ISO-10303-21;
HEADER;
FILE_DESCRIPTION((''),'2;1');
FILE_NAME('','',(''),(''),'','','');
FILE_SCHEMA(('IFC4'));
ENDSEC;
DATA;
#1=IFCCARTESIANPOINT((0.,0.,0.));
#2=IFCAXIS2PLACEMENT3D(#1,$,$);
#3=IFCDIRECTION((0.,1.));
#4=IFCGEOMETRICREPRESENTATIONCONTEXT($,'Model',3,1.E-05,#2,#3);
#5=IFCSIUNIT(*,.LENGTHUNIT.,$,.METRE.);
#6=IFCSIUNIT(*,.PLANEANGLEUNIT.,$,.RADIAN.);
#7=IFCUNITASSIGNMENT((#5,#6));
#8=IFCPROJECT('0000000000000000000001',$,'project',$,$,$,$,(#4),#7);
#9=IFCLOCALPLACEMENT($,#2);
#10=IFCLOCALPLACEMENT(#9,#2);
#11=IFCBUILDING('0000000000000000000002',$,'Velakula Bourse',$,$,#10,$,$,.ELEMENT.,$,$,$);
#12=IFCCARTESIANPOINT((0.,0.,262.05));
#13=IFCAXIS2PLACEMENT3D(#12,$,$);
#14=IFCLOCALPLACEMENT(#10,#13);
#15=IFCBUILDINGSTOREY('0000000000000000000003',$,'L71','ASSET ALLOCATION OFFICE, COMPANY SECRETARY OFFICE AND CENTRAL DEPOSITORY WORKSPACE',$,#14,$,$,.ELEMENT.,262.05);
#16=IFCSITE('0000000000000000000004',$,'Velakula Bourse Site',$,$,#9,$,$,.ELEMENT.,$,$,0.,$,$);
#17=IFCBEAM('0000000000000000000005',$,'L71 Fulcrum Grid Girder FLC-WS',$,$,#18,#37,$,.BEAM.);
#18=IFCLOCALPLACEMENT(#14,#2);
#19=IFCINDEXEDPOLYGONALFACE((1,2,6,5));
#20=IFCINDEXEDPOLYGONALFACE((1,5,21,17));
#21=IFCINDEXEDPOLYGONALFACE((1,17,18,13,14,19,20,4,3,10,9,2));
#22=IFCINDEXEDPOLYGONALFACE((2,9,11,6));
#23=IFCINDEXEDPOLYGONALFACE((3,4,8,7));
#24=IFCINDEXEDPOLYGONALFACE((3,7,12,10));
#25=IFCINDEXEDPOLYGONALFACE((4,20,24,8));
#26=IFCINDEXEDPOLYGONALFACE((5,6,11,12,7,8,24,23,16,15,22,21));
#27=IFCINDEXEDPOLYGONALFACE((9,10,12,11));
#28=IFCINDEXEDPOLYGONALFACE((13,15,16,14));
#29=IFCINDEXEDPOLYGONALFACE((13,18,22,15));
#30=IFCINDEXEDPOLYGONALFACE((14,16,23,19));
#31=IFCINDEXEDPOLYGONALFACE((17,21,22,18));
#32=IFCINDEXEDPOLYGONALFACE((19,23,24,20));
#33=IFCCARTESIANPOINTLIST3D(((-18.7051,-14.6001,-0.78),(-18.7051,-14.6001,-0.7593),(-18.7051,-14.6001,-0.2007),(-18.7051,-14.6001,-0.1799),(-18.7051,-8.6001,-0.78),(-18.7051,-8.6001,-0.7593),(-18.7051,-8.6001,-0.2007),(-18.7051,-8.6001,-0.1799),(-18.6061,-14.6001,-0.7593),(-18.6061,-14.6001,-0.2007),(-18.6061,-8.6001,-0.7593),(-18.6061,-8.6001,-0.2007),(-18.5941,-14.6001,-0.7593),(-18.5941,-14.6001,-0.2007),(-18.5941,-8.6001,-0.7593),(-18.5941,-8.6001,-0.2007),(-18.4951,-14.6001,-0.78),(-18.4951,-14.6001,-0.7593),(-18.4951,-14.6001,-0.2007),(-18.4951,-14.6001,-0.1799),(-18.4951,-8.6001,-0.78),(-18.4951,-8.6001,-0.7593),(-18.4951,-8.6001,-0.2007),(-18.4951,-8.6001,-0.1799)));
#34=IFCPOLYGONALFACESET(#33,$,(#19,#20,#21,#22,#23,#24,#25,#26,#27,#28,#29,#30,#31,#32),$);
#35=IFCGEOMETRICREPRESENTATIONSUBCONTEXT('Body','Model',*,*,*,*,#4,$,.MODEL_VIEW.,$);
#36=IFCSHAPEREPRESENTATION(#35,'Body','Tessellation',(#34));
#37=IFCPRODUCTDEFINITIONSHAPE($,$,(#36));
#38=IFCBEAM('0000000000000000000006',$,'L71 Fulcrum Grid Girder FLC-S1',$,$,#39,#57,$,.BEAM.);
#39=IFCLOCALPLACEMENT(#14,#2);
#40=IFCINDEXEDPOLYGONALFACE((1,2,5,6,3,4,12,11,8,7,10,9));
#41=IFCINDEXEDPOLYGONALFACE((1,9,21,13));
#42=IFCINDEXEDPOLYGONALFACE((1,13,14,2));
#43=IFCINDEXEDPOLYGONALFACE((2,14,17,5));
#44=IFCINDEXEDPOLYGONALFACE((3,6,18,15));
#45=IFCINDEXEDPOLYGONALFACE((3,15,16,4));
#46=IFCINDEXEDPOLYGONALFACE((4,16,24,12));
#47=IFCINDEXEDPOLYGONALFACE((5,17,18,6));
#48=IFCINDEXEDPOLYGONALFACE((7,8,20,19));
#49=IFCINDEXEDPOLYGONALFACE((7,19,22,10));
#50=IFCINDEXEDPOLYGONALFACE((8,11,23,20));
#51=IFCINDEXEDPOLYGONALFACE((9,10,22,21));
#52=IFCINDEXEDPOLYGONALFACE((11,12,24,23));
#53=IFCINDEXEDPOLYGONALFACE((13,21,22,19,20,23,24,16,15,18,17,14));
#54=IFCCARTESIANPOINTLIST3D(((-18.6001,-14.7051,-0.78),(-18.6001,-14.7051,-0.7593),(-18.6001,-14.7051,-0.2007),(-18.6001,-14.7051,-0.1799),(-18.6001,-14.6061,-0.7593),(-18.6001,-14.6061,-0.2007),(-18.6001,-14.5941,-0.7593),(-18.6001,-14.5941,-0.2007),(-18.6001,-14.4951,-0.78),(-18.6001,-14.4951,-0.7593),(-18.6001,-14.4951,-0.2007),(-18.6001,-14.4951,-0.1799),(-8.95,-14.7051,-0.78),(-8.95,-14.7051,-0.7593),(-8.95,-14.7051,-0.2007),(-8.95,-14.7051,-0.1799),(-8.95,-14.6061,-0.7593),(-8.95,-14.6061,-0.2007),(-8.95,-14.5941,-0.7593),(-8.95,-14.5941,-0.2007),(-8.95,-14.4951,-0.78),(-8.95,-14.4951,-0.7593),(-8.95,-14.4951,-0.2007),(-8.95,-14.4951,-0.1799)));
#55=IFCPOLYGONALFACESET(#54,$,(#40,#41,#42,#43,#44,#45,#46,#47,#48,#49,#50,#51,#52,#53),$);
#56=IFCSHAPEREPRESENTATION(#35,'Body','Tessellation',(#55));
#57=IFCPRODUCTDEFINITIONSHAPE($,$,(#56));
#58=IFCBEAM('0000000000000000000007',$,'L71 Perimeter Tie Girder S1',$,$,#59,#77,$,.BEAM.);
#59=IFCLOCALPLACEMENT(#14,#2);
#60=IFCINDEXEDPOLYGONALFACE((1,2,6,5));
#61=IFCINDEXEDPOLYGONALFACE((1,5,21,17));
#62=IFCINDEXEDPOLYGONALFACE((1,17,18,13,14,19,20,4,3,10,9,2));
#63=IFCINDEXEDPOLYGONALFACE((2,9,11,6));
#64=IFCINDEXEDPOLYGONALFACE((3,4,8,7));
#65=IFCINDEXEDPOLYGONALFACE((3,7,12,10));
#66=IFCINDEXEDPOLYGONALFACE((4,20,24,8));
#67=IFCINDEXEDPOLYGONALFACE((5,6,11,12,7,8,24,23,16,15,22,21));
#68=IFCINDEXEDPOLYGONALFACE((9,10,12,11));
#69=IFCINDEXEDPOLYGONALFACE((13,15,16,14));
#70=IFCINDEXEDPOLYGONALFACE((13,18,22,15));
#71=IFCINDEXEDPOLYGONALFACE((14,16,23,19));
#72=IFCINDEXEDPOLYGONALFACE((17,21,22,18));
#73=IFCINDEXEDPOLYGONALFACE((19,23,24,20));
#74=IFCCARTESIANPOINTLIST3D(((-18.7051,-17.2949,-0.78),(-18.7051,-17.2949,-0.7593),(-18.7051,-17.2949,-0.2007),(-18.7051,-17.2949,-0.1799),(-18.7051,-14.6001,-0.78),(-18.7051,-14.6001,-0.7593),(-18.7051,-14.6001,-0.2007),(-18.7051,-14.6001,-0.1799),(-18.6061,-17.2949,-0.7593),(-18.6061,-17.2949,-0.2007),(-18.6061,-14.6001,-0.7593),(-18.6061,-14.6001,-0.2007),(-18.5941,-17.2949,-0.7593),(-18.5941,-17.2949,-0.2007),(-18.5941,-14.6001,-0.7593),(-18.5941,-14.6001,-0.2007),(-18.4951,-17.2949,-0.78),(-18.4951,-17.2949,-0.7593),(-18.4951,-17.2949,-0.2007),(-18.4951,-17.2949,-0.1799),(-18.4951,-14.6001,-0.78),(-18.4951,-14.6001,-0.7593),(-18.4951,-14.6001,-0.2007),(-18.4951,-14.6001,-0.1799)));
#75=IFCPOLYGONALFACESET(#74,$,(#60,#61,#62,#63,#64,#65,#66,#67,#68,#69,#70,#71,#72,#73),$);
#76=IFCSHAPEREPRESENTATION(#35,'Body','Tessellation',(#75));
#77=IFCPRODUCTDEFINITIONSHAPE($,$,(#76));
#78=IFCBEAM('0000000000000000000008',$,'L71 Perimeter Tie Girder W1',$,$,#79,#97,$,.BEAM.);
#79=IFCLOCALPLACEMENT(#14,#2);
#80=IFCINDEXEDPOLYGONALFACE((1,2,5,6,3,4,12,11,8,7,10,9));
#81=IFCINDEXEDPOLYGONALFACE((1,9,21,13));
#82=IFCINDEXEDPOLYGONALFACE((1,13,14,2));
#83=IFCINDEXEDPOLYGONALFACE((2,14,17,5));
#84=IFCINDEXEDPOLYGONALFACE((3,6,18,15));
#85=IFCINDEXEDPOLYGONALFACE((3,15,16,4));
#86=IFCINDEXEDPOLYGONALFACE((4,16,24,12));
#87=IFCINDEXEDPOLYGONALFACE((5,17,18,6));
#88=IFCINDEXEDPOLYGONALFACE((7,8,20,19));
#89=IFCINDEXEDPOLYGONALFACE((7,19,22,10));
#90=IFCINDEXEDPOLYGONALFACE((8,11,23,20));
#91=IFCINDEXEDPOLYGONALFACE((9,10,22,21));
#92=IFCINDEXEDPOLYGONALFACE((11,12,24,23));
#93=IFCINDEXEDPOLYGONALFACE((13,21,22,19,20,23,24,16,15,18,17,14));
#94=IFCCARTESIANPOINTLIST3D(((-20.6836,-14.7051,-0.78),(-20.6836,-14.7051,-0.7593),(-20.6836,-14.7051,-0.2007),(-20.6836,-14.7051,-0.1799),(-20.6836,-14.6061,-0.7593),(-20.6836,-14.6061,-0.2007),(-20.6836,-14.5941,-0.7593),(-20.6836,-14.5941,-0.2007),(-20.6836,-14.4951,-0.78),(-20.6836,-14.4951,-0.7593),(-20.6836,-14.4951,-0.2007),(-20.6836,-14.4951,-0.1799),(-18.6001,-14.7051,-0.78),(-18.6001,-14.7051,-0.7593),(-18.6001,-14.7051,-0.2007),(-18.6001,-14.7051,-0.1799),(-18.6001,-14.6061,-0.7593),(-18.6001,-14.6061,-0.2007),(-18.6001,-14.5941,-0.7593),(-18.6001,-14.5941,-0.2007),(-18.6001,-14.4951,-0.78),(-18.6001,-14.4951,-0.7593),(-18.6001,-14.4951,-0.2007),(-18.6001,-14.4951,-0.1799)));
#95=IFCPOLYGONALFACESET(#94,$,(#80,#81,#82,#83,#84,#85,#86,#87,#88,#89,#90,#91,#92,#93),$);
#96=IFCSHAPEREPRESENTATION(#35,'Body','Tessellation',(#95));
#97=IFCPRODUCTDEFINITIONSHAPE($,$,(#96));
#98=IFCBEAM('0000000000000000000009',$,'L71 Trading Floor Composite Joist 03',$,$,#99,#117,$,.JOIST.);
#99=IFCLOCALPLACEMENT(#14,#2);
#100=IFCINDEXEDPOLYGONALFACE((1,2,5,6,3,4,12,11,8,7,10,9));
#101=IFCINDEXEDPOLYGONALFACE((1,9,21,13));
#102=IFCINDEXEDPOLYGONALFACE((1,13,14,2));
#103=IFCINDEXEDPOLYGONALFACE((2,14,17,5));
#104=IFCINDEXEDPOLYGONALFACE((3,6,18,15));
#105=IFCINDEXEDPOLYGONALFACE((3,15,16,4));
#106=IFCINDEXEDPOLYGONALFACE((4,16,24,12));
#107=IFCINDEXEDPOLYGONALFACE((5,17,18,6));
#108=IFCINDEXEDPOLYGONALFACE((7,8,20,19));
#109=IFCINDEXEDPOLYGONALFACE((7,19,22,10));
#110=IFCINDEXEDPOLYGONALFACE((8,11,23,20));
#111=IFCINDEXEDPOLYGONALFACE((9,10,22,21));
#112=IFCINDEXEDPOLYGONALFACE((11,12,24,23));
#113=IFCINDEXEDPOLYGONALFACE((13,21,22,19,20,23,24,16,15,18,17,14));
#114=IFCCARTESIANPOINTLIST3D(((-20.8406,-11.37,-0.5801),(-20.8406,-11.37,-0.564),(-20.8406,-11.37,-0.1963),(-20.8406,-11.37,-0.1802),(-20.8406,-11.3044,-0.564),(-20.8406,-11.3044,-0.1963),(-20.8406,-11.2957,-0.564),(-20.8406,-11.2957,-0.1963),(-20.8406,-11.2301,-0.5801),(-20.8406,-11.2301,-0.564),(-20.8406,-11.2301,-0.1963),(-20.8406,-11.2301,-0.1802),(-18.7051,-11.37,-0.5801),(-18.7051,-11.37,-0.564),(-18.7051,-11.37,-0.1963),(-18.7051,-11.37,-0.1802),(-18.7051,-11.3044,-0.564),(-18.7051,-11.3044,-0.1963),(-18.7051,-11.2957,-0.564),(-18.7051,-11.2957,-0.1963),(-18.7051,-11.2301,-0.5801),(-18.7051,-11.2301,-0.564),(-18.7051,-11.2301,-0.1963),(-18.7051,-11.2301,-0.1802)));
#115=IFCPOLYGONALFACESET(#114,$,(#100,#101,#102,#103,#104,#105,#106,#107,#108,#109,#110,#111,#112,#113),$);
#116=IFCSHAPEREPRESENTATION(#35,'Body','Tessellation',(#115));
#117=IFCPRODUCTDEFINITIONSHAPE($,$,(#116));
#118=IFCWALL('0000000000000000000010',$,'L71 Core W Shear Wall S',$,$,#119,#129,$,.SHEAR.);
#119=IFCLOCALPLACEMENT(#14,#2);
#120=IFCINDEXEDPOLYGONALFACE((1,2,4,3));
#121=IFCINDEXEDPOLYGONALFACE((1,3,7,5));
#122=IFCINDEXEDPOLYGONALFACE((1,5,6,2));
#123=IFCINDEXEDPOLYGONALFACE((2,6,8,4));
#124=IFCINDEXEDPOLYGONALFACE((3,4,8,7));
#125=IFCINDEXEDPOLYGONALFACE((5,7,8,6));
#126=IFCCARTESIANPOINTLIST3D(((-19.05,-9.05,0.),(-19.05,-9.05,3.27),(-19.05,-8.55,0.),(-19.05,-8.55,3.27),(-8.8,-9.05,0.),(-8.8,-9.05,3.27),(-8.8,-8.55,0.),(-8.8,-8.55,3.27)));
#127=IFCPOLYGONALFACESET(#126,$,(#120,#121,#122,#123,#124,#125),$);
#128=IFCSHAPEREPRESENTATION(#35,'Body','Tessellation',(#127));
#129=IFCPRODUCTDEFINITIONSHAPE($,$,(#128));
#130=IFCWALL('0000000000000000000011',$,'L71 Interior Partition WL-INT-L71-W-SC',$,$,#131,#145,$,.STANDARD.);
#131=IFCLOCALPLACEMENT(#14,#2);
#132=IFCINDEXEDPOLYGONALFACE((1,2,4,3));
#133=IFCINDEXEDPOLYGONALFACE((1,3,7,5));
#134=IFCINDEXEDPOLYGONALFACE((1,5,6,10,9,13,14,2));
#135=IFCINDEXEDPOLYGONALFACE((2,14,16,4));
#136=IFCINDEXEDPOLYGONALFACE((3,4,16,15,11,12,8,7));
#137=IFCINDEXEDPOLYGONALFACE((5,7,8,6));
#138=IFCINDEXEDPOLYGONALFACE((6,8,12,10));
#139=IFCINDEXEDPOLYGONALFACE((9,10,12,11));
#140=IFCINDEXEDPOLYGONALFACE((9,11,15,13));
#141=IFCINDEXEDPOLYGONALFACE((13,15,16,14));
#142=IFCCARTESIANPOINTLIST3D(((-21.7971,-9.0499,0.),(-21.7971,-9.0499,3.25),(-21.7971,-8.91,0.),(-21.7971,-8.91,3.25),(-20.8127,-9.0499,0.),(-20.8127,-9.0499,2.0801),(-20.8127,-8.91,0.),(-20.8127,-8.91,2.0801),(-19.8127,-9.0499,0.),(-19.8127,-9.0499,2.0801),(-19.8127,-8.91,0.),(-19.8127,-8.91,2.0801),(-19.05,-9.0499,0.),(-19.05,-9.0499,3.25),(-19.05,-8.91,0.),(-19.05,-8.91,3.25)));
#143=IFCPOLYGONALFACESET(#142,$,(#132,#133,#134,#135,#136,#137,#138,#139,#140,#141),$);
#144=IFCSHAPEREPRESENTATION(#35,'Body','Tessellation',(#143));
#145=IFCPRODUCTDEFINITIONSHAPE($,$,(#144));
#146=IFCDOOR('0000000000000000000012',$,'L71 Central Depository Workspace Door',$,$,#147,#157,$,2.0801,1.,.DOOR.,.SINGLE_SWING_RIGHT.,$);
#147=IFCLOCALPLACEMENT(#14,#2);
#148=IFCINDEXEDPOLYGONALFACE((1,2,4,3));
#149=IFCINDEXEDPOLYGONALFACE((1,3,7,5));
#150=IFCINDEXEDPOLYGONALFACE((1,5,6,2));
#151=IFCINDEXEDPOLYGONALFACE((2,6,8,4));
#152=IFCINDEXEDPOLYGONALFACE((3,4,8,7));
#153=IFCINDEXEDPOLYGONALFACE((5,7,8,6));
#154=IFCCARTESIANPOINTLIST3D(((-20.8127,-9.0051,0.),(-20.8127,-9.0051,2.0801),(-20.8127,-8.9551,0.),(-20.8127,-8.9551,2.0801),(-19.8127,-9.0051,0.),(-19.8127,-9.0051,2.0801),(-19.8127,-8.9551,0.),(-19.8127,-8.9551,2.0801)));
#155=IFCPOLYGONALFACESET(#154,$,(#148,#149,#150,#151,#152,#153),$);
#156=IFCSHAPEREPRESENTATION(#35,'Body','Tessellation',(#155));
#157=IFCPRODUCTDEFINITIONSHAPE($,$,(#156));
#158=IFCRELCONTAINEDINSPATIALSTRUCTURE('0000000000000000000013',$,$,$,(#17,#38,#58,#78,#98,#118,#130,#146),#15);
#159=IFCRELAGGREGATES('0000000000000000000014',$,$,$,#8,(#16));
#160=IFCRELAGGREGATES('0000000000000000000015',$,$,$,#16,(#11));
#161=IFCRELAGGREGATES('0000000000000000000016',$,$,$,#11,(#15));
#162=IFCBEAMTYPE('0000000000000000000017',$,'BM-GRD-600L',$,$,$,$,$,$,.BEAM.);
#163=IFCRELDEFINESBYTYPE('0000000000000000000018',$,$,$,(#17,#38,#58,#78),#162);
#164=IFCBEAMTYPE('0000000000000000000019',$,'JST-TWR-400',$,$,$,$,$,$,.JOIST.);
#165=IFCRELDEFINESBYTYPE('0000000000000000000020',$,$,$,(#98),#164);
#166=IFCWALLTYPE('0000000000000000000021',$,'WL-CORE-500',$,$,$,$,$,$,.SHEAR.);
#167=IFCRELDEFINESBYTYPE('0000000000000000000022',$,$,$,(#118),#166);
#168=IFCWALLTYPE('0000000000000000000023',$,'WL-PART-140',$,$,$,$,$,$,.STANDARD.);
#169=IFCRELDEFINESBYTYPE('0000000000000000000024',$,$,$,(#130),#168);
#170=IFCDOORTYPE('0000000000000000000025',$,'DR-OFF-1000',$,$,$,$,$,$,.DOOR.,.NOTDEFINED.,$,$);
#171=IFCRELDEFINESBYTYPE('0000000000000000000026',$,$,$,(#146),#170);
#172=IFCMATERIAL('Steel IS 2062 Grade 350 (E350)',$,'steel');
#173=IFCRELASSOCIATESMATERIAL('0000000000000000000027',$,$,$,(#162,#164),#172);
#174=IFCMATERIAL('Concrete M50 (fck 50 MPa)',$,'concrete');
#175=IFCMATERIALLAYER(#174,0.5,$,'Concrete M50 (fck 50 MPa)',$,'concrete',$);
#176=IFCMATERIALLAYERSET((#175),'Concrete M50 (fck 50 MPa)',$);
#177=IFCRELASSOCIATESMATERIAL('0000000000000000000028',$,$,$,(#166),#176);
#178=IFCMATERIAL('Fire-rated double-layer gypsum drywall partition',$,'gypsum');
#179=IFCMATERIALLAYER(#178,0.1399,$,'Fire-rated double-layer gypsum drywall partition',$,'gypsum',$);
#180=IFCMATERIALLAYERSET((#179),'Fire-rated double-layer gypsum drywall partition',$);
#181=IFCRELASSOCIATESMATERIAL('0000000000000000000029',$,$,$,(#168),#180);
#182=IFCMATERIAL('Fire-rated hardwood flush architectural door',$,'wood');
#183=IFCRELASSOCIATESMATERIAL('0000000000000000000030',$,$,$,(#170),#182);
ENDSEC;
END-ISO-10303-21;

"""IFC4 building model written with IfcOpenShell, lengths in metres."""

from ifc_helpers import new_model, si_unit, direction, frame, frame_2d, origin, origin_2d, place, context, subcontext, project, spatial, rectangle, i_section, extrude, material, layer, layer_set, material_profile, profile_set, type_object, element, fill, save


model = new_model("IFC4")

# Units and contexts
model_context = context("Model", 3, precision=1e-05, world=origin(), true_north=direction((0.0, 1.0)))
body_context = subcontext(model_context, "Body", "Model", "MODEL_VIEW")
ifc_project = project(units=[si_unit("LENGTHUNIT", "METRE"), si_unit("PLANEANGLEUNIT", "RADIAN")], contexts=[model_context])

# Site, building, storey
site_placement = place(None, origin())
site = spatial("IfcSite", under=ifc_project, at=site_placement, Name="Velakula Bourse Site", CompositionType="ELEMENT", RefElevation=0.0)
building_placement = place(site_placement, origin())
building = spatial("IfcBuilding", under=site, at=building_placement, Name="Velakula Bourse", CompositionType="ELEMENT")
storey_placement = place(building_placement, frame((0.0, 0.0, 262.05)))
storey = spatial("IfcBuildingStorey", under=building, at=storey_placement, Name="L71", Description="ASSET ALLOCATION OFFICE, COMPANY SECRETARY OFFICE AND CENTRAL DEPOSITORY WORKSPACE", CompositionType="ELEMENT", Elevation=262.05)

# Beams
ifc_material_1 = material(Name="Steel IS 2062 Grade 350 (E350)", Category="steel")
ifc_material_profile_1 = material_profile(ifc_material_1, i_section(OverallWidth=0.21, OverallDepth=0.6001, WebThickness=0.012, FlangeThickness=0.0208, at=origin_2d()), Name="Steel IS 2062 Grade 350 (E350)")
ifc_profile_set_1 = profile_set([ifc_material_profile_1], Name="Steel IS 2062 Grade 350 (E350)")
beam_type_1 = type_object("IfcBeamType", Name="BM-GRD-600L", PredefinedType="BEAM", material=ifc_profile_set_1)
beam_1_placement = place(storey_placement, frame((-18.6001, -14.6001, -0.48), z_axis=(0.0, 1.0, 0.0), x_axis=(-1.0, 0.0, 0.0)))
element("IfcBeam", 1, at=beam_1_placement, inside=storey, type_object=beam_type_1, Name="L71 Fulcrum Grid Girder FLC-WS", PredefinedType="BEAM", context=body_context, shape_type="SweptSolid", body=[
    extrude(i_section(OverallWidth=0.21, OverallDepth=0.6001, WebThickness=0.012, FlangeThickness=0.0208, at=origin_2d()), origin(), (0.0, 0.0, 1.0), 6.0),
])
beam_2_placement = place(storey_placement, frame((-18.6001, -14.6001, -0.48), z_axis=(1.0, 0.0, 0.0), x_axis=(0.0, 1.0, 0.0)))
element("IfcBeam", 2, at=beam_2_placement, inside=storey, type_object=beam_type_1, Name="L71 Fulcrum Grid Girder FLC-S1", PredefinedType="BEAM", context=body_context, shape_type="SweptSolid", body=[
    extrude(i_section(OverallWidth=0.21, OverallDepth=0.6001, WebThickness=0.012, FlangeThickness=0.0208, at=origin_2d()), origin(), (0.0, 0.0, 1.0), 9.6501),
])
beam_3_placement = place(storey_placement, frame((-18.6001, -14.6001, -0.48), z_axis=(0.0, -1.0, 0.0), x_axis=(1.0, 0.0, 0.0)))
element("IfcBeam", 3, at=beam_3_placement, inside=storey, type_object=beam_type_1, Name="L71 Perimeter Tie Girder S1", PredefinedType="BEAM", context=body_context, shape_type="SweptSolid", body=[
    extrude(i_section(OverallWidth=0.21, OverallDepth=0.6001, WebThickness=0.012, FlangeThickness=0.0208, at=origin_2d()), origin(), (0.0, 0.0, 1.0), 2.6948),
])
beam_4_placement = place(storey_placement, frame((-18.6001, -14.6001, -0.48), z_axis=(-1.0, 0.0, 0.0), x_axis=(0.0, -1.0, 0.0)))
element("IfcBeam", 4, at=beam_4_placement, inside=storey, type_object=beam_type_1, Name="L71 Perimeter Tie Girder W1", PredefinedType="BEAM", context=body_context, shape_type="SweptSolid", body=[
    extrude(i_section(OverallWidth=0.21, OverallDepth=0.6001, WebThickness=0.012, FlangeThickness=0.0208, at=origin_2d()), origin(), (0.0, 0.0, 1.0), 2.0835),
])
ifc_material_profile_2 = material_profile(ifc_material_1, i_section(OverallWidth=0.1399, OverallDepth=0.3999, WebThickness=0.0088, FlangeThickness=0.0161, at=origin_2d()), Name="Steel IS 2062 Grade 350 (E350)")
ifc_profile_set_2 = profile_set([ifc_material_profile_2], Name="Steel IS 2062 Grade 350 (E350)")
beam_type_2 = type_object("IfcBeamType", Name="JST-TWR-400", PredefinedType="JOIST", material=ifc_profile_set_2)
beam_5_placement = place(storey_placement, frame((-20.8406, -11.3, -0.3801), z_axis=(1.0, 0.0, 0.0), x_axis=(0.0, 1.0, 0.0)))
element("IfcBeam", 5, at=beam_5_placement, inside=storey, type_object=beam_type_2, Name="L71 Trading Floor Composite Joist 03", PredefinedType="JOIST", context=body_context, shape_type="SweptSolid", body=[
    extrude(i_section(OverallWidth=0.1399, OverallDepth=0.3999, WebThickness=0.0088, FlangeThickness=0.0161, at=origin_2d()), origin(), (0.0, 0.0, 1.0), 2.1355),
])

# Wall
ifc_material_2 = material(Name="Concrete M50 (fck 50 MPa)", Category="concrete")
ifc_layer_1 = layer(ifc_material_2, 0.5, Name="Concrete M50 (fck 50 MPa)", Category="concrete")
ifc_layer_set_1 = layer_set([ifc_layer_1], Name="Concrete M50 (fck 50 MPa)")
wall_type_1 = type_object("IfcWallType", Name="WL-CORE-500", PredefinedType="SHEAR", material=ifc_layer_set_1)
wall_1_placement = place(storey_placement, frame((-19.05, -8.8, 0.0), z_axis=(0.0, 0.0, 1.0), x_axis=(1.0, 0.0, 0.0)))
element("IfcWall", 6, at=wall_1_placement, inside=storey, type_object=wall_type_1, Name="L71 Core W Shear Wall S", PredefinedType="SHEAR", context=body_context, shape_type="SweptSolid", body=[
    extrude(rectangle(XDim=10.25, YDim=0.5, at=frame_2d((5.125, 0.0))), origin(), (0.0, 0.0, 1.0), 3.27),
])

# Shared definitions
ifc_material_3 = material(Name="Fire-rated double-layer gypsum drywall partition", Category="gypsum")
ifc_layer_2 = layer(ifc_material_3, 0.1399, Name="Fire-rated double-layer gypsum drywall partition", Category="gypsum")
ifc_layer_set_2 = layer_set([ifc_layer_2], Name="Fire-rated double-layer gypsum drywall partition")
wall_type_2 = type_object("IfcWallType", Name="WL-PART-140", PredefinedType="STANDARD", material=ifc_layer_set_2)
ifc_material_4 = material(Name="Fire-rated hardwood flush architectural door", Category="wood")
door_type_1 = type_object("IfcDoorType", Name="DR-OFF-1000", OperationType="NOTDEFINED", PredefinedType="DOOR", material=ifc_material_4)

# Wall, opening, door
wall_2_placement = place(storey_placement, frame((-21.7971, -8.98, 0.0), z_axis=(0.0, 0.0, 1.0), x_axis=(1.0, 0.0, 0.0)))
wall_2 = element("IfcWall", 7, at=wall_2_placement, inside=storey, type_object=wall_type_2, Name="L71 Interior Partition WL-INT-L71-W-SC", PredefinedType="STANDARD", context=body_context, shape_type="SweptSolid", body=[
    extrude(rectangle(XDim=2.7471, YDim=0.1399, at=frame_2d((1.3735, 0.0))), origin(), (0.0, 0.0, 1.0), 3.25),
])
opening_1_placement = place(wall_2_placement, frame((0.9844, 0.0, 0.0)))
opening_1 = element("IfcOpeningElement", 8, at=opening_1_placement, cuts=wall_2, PredefinedType="OPENING", context=body_context, shape_type="SweptSolid", body=[
    extrude(rectangle(XDim=1.0, YDim=2.0801, at=frame_2d((0.5, 1.04))), frame((0.0, 0.0798, 0.0), z_axis=(0.0, -1.0, 0.0), x_axis=(1.0, 0.0, 0.0)), (0.0, 0.0, 1.0), 0.1599),
])
door_1_placement = place(opening_1_placement, origin())
door_1 = element("IfcDoor", 9, at=door_1_placement, inside=storey, type_object=door_type_1, Name="L71 Central Depository Workspace Door", OperationType="SINGLE_SWING_RIGHT", OverallHeight=2.0801, OverallWidth=1.0, PredefinedType="DOOR", context=body_context, shape_type="SweptSolid", body=[
    extrude(rectangle(XDim=1.0, YDim=2.0801, at=frame_2d((0.5, 1.04))), frame((0.0, 0.0249, 0.0), z_axis=(0.0, -1.0, 0.0), x_axis=(1.0, 0.0, 0.0)), (0.0, 0.0, 1.0), 0.05),
])
fill(opening_1, door_1)

save(model, "model.ifc")
